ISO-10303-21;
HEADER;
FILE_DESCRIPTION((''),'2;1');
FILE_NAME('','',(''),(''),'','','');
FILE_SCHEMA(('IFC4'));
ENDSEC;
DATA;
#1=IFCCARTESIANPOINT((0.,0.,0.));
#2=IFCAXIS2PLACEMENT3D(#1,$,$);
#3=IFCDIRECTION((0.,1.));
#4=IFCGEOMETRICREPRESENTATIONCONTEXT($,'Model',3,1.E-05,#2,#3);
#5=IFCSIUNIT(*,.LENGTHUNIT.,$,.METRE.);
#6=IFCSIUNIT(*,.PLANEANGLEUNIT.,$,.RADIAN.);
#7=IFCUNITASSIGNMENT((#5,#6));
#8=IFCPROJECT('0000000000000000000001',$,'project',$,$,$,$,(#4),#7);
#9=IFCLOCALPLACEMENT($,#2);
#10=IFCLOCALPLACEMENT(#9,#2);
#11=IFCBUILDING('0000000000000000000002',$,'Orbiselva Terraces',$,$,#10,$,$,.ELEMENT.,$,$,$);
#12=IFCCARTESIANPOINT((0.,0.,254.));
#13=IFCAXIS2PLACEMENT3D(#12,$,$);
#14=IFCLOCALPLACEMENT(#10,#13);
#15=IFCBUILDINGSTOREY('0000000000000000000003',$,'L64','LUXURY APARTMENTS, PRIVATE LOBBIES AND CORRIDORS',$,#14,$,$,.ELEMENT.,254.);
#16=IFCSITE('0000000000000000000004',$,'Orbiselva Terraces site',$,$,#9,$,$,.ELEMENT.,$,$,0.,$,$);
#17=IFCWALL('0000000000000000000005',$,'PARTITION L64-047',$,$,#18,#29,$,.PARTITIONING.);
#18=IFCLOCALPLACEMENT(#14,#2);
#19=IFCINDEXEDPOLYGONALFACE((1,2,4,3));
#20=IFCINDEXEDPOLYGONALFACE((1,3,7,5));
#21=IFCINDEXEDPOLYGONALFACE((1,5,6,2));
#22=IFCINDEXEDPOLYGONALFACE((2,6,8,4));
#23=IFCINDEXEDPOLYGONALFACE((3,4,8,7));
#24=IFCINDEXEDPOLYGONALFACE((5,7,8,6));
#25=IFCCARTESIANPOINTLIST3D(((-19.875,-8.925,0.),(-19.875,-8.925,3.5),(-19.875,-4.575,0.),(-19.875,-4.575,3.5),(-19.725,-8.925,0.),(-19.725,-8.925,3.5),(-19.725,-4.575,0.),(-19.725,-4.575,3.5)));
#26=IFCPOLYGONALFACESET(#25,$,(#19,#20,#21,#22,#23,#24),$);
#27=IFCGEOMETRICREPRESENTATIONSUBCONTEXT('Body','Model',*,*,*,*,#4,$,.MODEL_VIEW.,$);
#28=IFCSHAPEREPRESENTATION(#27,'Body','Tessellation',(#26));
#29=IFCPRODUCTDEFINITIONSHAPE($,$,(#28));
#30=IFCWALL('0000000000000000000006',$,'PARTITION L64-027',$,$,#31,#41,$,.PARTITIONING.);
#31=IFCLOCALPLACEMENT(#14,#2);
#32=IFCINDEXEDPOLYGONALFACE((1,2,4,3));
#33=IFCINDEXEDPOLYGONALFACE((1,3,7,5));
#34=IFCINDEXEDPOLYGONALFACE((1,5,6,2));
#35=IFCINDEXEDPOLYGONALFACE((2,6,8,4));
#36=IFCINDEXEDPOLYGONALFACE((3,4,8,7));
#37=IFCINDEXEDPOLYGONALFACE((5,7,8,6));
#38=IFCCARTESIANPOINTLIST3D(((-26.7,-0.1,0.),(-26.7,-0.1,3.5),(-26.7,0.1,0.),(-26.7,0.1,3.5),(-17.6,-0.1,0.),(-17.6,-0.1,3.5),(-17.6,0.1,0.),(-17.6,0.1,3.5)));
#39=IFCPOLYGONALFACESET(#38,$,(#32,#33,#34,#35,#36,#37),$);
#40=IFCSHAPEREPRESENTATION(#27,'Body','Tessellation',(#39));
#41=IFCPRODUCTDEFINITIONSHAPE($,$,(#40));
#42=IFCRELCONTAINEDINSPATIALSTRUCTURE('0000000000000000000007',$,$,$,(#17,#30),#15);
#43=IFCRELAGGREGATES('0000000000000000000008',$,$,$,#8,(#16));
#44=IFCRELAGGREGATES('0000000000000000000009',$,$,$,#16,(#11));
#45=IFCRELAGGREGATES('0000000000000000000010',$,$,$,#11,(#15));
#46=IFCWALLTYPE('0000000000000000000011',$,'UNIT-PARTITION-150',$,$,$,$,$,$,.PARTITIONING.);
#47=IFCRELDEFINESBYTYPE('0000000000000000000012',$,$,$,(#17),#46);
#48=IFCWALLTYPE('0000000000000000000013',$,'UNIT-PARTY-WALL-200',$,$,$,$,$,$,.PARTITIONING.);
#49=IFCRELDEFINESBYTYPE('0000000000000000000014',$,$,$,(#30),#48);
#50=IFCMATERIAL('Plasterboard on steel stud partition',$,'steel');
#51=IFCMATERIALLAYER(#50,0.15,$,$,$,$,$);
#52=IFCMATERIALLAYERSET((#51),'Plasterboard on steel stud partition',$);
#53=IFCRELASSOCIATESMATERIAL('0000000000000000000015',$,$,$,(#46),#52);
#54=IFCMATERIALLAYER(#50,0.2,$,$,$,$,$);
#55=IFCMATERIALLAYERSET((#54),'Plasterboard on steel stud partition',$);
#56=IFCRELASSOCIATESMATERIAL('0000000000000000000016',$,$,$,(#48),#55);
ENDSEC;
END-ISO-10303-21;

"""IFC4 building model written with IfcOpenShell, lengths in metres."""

from ifc_helpers import new_model, si_unit, direction, frame, frame_2d, origin, place, context, subcontext, project, spatial, rectangle, extrude, material, layer, layer_set, type_object, element, save


model = new_model("IFC4")

# Units and contexts
model_context = context("Model", 3, precision=1e-05, world=origin(), true_north=direction((0.0, 1.0)))
body_context = subcontext(model_context, "Body", "Model", "MODEL_VIEW")
ifc_project = project(units=[si_unit("LENGTHUNIT", "METRE"), si_unit("PLANEANGLEUNIT", "RADIAN")], contexts=[model_context])

# Site, building, storey
site_placement = place(None, origin())
site = spatial("IfcSite", under=ifc_project, at=site_placement, Name="Orbiselva Terraces site", CompositionType="ELEMENT", RefElevation=0.0)
building_placement = place(site_placement, origin())
building = spatial("IfcBuilding", under=site, at=building_placement, Name="Orbiselva Terraces", CompositionType="ELEMENT")
storey_placement = place(building_placement, frame((0.0, 0.0, 254.0)))
storey = spatial("IfcBuildingStorey", under=building, at=storey_placement, Name="L64", Description="LUXURY APARTMENTS, PRIVATE LOBBIES AND CORRIDORS", CompositionType="ELEMENT", Elevation=254.0)

# Shared definitions
ifc_material_1 = material(Name="Plasterboard on steel stud partition", Category="steel")
ifc_layer_1 = layer(ifc_material_1, 0.15)
ifc_layer_set_1 = layer_set([ifc_layer_1], Name="Plasterboard on steel stud partition")
wall_type_1 = type_object("IfcWallType", Name="UNIT-PARTITION-150", PredefinedType="PARTITIONING", material=ifc_layer_set_1)

# Walls
for number, where, z_axis, x_axis, name in (
    (1, (-19.8, -8.925, 0.0), (0.0, 0.0, 1.0), (0.0, 1.0, 0.0), "PARTITION L64-047"),
):
    element("IfcWall", number, at=place(storey_placement, frame(where, z_axis=z_axis, x_axis=x_axis)), inside=storey, type_object=wall_type_1, Name=name, PredefinedType="PARTITIONING", context=body_context, shape_type="SweptSolid", body=[
        extrude(rectangle(XDim=4.35, YDim=0.15, at=frame_2d((2.175, 0.0))), origin(), (0.0, 0.0, 1.0), 3.5),
    ])
ifc_layer_2 = layer(ifc_material_1, 0.2)
ifc_layer_set_2 = layer_set([ifc_layer_2], Name="Plasterboard on steel stud partition")
wall_type_2 = type_object("IfcWallType", Name="UNIT-PARTY-WALL-200", PredefinedType="PARTITIONING", material=ifc_layer_set_2)
wall_1_placement = place(storey_placement, frame((-26.7, 0.0, 0.0), z_axis=(0.0, 0.0, 1.0), x_axis=(1.0, 0.0, 0.0)))
element("IfcWall", 2, at=wall_1_placement, inside=storey, type_object=wall_type_2, Name="PARTITION L64-027", PredefinedType="PARTITIONING", context=body_context, shape_type="SweptSolid", body=[
    extrude(rectangle(XDim=9.1, YDim=0.2, at=frame_2d((4.55, 0.0))), origin(), (0.0, 0.0, 1.0), 3.5),
])

save(model, "model.ifc")
